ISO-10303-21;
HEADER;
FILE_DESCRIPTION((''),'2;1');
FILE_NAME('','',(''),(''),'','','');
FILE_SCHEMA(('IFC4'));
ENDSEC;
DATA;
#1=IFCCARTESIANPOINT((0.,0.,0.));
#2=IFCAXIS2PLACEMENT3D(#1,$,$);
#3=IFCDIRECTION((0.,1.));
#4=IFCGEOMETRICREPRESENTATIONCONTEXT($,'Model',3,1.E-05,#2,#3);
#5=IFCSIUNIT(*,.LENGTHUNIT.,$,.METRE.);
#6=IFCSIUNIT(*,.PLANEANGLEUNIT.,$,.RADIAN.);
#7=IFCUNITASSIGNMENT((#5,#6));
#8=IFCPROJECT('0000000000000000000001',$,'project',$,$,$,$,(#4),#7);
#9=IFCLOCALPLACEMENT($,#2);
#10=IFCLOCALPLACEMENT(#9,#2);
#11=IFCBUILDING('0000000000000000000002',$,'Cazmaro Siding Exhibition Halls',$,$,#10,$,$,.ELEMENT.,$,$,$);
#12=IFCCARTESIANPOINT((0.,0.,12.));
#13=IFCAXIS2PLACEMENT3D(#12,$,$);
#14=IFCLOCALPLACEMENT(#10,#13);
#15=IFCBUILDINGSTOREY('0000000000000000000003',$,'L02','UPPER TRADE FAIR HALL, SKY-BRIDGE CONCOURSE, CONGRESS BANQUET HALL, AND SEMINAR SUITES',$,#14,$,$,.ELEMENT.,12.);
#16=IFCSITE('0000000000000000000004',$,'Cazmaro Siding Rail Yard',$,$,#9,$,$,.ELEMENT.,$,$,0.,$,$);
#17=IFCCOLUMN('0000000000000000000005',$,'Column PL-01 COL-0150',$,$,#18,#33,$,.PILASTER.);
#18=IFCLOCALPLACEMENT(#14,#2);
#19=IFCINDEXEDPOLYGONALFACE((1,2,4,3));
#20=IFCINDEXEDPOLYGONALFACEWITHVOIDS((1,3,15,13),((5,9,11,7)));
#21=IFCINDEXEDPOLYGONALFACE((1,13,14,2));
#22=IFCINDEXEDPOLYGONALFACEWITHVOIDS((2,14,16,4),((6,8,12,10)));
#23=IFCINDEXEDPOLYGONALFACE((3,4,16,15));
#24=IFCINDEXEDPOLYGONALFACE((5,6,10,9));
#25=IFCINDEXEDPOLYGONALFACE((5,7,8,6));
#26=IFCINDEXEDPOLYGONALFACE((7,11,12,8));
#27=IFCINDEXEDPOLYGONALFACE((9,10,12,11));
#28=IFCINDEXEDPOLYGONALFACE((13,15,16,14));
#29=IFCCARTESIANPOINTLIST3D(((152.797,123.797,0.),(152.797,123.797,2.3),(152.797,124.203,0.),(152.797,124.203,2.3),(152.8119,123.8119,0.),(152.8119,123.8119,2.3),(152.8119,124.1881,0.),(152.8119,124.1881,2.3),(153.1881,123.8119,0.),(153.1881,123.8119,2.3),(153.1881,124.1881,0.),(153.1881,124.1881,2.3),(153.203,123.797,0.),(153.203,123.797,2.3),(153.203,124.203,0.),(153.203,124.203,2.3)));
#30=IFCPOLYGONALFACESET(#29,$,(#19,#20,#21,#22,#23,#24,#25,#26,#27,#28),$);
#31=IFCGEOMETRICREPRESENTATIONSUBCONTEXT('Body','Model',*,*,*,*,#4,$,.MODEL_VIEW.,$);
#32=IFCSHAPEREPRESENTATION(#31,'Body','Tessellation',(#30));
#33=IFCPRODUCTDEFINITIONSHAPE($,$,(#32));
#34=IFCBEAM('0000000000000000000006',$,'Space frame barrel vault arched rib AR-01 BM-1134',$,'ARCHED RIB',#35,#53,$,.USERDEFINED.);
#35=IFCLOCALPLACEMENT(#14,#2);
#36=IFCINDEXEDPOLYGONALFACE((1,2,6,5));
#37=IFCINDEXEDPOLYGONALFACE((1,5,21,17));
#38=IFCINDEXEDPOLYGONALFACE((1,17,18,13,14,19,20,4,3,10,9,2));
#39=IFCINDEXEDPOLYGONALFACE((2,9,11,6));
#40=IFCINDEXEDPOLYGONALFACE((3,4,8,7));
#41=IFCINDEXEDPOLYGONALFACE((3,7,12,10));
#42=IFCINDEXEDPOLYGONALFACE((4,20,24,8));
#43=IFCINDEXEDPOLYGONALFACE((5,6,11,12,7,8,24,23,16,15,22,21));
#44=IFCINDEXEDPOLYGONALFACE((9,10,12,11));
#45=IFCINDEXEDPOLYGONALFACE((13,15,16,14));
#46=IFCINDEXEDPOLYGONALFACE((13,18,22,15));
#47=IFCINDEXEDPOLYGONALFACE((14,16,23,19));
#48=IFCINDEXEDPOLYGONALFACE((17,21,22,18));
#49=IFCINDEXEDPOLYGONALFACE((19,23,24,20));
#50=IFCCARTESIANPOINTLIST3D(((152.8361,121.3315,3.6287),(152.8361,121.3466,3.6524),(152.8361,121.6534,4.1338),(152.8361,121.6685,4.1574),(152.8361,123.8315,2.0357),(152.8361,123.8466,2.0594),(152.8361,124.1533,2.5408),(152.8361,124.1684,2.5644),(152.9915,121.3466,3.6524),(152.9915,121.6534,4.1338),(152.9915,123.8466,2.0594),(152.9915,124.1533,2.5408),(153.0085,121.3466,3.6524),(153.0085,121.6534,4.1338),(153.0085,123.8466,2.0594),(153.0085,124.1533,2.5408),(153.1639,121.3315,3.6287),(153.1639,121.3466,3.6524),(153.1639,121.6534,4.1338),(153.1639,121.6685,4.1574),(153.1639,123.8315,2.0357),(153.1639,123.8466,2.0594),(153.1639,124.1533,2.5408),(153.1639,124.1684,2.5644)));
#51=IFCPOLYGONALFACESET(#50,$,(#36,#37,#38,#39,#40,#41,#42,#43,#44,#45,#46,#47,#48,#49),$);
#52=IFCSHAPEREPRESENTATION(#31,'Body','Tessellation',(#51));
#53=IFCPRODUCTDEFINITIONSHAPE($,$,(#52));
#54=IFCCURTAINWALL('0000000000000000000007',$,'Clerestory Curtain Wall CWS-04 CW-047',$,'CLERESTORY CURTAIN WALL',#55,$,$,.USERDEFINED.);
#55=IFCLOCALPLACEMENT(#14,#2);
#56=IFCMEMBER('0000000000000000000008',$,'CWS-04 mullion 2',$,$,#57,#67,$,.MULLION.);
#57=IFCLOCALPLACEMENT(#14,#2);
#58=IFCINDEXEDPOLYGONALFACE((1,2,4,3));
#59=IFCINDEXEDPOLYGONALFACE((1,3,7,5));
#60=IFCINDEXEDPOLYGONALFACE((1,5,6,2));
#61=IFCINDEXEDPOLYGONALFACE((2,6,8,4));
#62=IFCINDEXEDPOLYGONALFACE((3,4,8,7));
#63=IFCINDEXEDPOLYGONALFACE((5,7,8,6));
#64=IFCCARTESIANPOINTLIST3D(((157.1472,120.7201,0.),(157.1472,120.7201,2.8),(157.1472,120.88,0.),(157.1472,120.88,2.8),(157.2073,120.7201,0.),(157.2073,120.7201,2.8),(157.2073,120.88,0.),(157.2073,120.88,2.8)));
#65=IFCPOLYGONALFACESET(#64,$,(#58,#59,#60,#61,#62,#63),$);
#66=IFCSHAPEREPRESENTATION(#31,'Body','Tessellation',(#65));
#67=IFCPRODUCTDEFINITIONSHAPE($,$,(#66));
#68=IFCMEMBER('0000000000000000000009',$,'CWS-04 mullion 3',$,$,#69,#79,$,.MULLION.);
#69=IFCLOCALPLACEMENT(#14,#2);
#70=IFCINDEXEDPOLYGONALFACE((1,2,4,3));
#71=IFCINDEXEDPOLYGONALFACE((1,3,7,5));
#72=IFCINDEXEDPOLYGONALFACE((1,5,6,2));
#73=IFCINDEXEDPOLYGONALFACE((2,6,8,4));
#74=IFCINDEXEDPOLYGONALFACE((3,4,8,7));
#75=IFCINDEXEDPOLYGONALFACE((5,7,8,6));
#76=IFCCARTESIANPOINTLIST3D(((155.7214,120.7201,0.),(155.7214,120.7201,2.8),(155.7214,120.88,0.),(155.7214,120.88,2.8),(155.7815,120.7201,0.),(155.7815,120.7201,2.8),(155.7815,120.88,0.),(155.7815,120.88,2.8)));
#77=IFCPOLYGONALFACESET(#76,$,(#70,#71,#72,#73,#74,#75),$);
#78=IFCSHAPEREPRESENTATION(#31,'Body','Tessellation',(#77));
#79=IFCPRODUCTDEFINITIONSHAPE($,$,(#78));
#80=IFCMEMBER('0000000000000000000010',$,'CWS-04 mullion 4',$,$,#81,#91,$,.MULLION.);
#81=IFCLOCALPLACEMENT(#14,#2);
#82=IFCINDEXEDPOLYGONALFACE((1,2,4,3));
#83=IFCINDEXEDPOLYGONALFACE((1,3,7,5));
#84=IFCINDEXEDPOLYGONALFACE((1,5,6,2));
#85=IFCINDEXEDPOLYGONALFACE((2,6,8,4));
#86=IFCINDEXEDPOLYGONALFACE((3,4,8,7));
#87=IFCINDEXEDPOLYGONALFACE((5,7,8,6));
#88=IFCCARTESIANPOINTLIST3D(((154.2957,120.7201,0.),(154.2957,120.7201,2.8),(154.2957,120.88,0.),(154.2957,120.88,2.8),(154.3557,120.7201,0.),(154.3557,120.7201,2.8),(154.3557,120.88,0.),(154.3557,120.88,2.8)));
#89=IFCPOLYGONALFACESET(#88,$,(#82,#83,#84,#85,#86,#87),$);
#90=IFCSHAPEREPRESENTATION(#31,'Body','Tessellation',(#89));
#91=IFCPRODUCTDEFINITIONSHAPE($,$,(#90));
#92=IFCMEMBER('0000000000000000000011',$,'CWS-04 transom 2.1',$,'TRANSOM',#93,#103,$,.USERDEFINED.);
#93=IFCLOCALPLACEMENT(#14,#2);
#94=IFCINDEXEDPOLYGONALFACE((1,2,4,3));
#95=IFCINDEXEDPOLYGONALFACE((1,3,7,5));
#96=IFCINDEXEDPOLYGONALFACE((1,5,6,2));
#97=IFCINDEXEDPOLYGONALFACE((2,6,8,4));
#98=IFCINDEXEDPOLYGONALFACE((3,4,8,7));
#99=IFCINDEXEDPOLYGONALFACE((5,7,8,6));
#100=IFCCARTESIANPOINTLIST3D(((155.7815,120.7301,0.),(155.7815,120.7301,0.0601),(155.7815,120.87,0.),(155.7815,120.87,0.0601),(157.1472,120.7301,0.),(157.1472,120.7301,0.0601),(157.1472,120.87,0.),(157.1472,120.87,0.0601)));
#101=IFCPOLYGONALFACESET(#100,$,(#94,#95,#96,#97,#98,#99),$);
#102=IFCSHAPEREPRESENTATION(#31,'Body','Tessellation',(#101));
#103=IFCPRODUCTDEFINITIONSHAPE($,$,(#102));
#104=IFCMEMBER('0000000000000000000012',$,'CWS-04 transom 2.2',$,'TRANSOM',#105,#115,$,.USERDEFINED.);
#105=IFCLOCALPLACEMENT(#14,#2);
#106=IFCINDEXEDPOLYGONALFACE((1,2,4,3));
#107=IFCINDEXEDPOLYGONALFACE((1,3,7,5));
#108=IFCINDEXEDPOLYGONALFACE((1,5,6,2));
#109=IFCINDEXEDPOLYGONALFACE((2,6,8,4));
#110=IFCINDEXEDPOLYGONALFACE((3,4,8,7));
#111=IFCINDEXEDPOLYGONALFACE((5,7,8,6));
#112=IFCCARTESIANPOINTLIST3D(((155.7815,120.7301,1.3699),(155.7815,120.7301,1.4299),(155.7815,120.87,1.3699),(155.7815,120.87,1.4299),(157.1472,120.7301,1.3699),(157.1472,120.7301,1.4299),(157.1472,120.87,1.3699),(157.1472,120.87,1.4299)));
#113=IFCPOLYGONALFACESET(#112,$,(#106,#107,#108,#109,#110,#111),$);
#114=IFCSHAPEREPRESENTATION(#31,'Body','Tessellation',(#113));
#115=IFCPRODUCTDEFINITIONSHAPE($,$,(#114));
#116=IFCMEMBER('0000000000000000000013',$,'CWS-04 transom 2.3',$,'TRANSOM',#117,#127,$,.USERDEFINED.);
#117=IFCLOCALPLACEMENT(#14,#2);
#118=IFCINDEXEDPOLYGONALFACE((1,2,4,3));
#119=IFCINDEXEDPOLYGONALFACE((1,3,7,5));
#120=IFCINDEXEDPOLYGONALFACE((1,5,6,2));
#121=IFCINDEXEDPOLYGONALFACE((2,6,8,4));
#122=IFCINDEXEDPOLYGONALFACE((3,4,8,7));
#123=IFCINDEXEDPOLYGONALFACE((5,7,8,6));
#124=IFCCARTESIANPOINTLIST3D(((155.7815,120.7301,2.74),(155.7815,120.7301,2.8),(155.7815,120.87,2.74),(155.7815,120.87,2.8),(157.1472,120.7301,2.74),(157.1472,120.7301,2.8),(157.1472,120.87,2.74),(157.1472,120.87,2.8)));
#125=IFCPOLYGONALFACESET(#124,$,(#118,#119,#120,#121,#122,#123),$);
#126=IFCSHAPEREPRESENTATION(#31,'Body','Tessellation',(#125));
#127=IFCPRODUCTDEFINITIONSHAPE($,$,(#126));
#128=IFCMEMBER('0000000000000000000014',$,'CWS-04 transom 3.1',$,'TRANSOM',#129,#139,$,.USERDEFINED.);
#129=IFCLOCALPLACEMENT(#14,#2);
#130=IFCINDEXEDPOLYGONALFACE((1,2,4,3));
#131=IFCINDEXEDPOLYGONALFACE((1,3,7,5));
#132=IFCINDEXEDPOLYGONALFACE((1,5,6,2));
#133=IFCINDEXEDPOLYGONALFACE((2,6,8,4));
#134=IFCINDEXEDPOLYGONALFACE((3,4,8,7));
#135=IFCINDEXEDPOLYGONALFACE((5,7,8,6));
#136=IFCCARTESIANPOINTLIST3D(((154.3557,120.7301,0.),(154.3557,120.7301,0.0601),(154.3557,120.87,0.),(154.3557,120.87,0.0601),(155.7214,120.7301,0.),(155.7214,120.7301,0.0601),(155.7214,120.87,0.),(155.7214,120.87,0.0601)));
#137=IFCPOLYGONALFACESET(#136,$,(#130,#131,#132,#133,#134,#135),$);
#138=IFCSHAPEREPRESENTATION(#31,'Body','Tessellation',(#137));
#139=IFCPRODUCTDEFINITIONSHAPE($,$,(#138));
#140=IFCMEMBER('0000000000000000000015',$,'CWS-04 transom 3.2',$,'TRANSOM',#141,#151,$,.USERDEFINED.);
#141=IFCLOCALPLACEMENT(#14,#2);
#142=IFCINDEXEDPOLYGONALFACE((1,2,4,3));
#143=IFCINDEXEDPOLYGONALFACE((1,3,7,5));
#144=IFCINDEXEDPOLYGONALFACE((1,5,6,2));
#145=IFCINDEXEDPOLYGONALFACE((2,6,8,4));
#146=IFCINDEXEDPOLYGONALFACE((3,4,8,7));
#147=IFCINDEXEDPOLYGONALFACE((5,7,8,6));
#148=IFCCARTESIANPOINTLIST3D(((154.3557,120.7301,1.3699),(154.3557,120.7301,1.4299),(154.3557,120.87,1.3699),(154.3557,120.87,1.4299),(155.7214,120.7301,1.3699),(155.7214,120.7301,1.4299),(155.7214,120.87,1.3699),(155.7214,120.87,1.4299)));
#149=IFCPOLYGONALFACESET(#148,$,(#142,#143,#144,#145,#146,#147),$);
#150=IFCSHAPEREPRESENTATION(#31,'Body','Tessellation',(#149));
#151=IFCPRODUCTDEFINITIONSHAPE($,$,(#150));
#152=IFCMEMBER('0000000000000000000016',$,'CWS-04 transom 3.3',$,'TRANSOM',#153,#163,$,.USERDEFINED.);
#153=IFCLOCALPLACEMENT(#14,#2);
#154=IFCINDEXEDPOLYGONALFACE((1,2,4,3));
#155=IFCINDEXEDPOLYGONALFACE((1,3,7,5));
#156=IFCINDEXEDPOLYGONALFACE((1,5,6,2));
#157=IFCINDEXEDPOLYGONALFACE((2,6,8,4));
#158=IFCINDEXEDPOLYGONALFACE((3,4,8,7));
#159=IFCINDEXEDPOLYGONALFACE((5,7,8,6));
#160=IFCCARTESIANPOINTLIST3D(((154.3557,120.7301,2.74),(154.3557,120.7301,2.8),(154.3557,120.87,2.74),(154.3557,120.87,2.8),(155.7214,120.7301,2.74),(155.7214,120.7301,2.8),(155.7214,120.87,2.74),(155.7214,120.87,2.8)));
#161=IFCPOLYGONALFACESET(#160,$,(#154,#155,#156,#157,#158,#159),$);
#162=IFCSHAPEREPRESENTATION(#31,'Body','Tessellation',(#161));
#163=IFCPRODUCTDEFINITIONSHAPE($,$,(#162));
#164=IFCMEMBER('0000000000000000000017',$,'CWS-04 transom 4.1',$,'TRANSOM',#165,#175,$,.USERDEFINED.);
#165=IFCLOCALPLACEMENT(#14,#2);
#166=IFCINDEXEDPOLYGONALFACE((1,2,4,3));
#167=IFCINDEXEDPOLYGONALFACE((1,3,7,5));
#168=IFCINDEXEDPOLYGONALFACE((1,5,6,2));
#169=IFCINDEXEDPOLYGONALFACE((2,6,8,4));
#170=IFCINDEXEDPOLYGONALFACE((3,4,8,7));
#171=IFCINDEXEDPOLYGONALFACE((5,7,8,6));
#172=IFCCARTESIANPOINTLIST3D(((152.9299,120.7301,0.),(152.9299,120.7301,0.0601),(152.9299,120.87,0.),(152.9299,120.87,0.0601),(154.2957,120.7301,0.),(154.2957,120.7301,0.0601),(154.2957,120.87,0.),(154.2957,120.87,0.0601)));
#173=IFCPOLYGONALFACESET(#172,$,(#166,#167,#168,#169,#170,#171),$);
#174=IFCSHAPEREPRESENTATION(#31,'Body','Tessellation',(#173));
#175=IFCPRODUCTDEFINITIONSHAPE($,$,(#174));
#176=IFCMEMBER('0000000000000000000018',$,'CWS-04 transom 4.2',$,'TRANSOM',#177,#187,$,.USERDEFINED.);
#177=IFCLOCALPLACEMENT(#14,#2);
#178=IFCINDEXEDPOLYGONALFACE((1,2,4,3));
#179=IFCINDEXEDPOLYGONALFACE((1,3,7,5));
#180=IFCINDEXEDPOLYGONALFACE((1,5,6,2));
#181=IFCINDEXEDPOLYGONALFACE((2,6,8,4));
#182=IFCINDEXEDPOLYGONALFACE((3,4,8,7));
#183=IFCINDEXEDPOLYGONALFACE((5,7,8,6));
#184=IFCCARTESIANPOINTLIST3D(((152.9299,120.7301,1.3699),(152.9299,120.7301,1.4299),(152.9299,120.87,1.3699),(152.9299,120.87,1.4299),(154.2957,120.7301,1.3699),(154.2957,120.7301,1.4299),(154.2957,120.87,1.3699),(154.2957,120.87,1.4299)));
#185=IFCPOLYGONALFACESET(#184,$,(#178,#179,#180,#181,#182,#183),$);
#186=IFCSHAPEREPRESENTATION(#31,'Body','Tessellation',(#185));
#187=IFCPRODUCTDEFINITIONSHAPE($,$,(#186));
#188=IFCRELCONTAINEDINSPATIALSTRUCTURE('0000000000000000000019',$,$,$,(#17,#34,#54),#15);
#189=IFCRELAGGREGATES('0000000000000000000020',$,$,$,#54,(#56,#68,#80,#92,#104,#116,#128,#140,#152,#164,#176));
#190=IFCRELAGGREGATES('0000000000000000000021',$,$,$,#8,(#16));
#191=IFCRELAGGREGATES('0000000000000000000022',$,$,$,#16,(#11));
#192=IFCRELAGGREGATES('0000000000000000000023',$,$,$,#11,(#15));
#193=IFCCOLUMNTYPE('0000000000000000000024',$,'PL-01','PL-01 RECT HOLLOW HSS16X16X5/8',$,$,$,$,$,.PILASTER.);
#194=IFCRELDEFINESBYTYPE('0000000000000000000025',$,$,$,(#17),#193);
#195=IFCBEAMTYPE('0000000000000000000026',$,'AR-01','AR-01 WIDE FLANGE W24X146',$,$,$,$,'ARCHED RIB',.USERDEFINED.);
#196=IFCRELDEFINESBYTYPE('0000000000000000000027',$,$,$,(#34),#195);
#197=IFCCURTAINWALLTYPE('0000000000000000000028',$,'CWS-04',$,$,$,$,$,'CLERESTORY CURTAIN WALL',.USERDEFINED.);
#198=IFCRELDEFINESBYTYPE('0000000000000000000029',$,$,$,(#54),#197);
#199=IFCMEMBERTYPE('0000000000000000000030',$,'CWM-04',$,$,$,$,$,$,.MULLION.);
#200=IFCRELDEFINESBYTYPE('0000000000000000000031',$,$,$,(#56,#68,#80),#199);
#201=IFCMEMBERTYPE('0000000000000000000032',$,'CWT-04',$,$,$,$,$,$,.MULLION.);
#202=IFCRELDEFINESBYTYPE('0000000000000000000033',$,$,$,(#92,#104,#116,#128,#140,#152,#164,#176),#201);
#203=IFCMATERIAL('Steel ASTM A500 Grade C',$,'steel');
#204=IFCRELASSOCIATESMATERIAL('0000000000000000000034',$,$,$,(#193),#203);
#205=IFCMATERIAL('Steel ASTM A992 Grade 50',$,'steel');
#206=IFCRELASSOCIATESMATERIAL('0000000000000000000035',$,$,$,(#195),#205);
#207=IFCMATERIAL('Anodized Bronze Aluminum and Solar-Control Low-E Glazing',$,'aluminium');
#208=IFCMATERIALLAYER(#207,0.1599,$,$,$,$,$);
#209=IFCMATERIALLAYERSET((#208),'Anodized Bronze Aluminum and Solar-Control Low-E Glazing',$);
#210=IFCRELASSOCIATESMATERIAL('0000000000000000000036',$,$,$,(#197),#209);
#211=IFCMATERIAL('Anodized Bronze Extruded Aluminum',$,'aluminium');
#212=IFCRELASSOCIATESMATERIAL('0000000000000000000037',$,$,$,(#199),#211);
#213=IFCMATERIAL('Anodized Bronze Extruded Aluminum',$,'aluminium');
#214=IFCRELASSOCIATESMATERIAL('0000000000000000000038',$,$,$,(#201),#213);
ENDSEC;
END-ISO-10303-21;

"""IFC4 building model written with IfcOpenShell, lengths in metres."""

from ifc_helpers import new_model, si_unit, direction, frame, origin, origin_2d, place, context, subcontext, project, spatial, rectangle, hollow_rectangle, i_section, extrude, material, layer, layer_set, material_profile, profile_set, type_object, element, aggregate, save


model = new_model("IFC4")

# Units and contexts
model_context = context("Model", 3, precision=1e-05, world=origin(), true_north=direction((0.0, 1.0)))
body_context = subcontext(model_context, "Body", "Model", "MODEL_VIEW")
ifc_project = project(units=[si_unit("LENGTHUNIT", "METRE"), si_unit("PLANEANGLEUNIT", "RADIAN")], contexts=[model_context])

# Site, building, storey
site_placement = place(None, origin())
site = spatial("IfcSite", under=ifc_project, at=site_placement, Name="Cazmaro Siding Rail Yard", CompositionType="ELEMENT", RefElevation=0.0)
building_placement = place(site_placement, origin())
building = spatial("IfcBuilding", under=site, at=building_placement, Name="Cazmaro Siding Exhibition Halls", CompositionType="ELEMENT")
storey_placement = place(building_placement, frame((0.0, 0.0, 12.0)))
storey = spatial("IfcBuildingStorey", under=building, at=storey_placement, Name="L02", Description="UPPER TRADE FAIR HALL, SKY-BRIDGE CONCOURSE, CONGRESS BANQUET HALL, AND SEMINAR SUITES", CompositionType="ELEMENT", Elevation=12.0)

# Column
ifc_material_1 = material(Name="Steel ASTM A500 Grade C", Category="steel")
ifc_material_profile_1 = material_profile(ifc_material_1, hollow_rectangle(XDim=0.406, YDim=0.406, WallThickness=0.0149, at=origin_2d()), Name="HSS16X16X5/8")
ifc_profile_set_1 = profile_set([ifc_material_profile_1], Name="Steel ASTM A500 Grade C")
column_type = type_object("IfcColumnType", Name="PL-01", Description="PL-01 RECT HOLLOW HSS16X16X5/8", PredefinedType="PILASTER", material=ifc_profile_set_1)
column_placement = place(storey_placement, frame((153.0, 124.0, 0.0), z_axis=(0.0, 0.0, 1.0), x_axis=(1.0, 0.0, 0.0)))
element("IfcColumn", 1, at=column_placement, inside=storey, type_object=column_type, Name="Column PL-01 COL-0150", PredefinedType="PILASTER", context=body_context, shape_type="SweptSolid", body=[
    extrude(hollow_rectangle(XDim=0.406, YDim=0.406, WallThickness=0.0149, at=origin_2d()), origin(), (0.0, 0.0, 1.0), 2.3),
])

# Beam
ifc_material_2 = material(Name="Steel ASTM A992 Grade 50", Category="steel")
ifc_material_profile_2 = material_profile(ifc_material_2, i_section(OverallWidth=0.3279, OverallDepth=0.627, WebThickness=0.0171, FlangeThickness=0.0281, at=origin_2d()), Name="W24X146")
ifc_profile_set_2 = profile_set([ifc_material_profile_2], Name="Steel ASTM A992 Grade 50")
beam_type_1 = type_object("IfcBeamType", Name="AR-01", Description="AR-01 WIDE FLANGE W24X146", ElementType="ARCHED RIB", PredefinedType="USERDEFINED", material=ifc_profile_set_2)
beam_1_placement = place(storey_placement, frame((153.0, 121.5, 3.8931), z_axis=(0.0, 0.843339, -0.537382), x_axis=(-1.0, 0.0, 0.0)))
element("IfcBeam", 2, at=beam_1_placement, inside=storey, type_object=beam_type_1, Name="Space frame barrel vault arched rib AR-01 BM-1134", ObjectType="ARCHED RIB", PredefinedType="USERDEFINED", context=body_context, shape_type="SweptSolid", body=[
    extrude(i_section(OverallWidth=0.3279, OverallDepth=0.627, WebThickness=0.0171, FlangeThickness=0.0281, at=origin_2d()), origin(), (0.0, 0.0, 1.0), 2.9644),
])

# Curtain wall, members
ifc_material_3 = material(Name="Anodized Bronze Aluminum and Solar-Control Low-E Glazing", Category="aluminium")
ifc_layer_1 = layer(ifc_material_3, 0.1599)
ifc_layer_set_1 = layer_set([ifc_layer_1], Name="Anodized Bronze Aluminum and Solar-Control Low-E Glazing")
curtain_wall_type = type_object("IfcCurtainWallType", Name="CWS-04", ElementType="CLERESTORY CURTAIN WALL", PredefinedType="USERDEFINED", material=ifc_layer_set_1)
curtain_wall_placement = place(storey_placement, origin())
curtain_wall = element("IfcCurtainWall", 3, at=curtain_wall_placement, inside=storey, type_object=curtain_wall_type, Name="Clerestory Curtain Wall CWS-04 CW-047", ObjectType="CLERESTORY CURTAIN WALL", PredefinedType="USERDEFINED")
ifc_material_4 = material(Name="Anodized Bronze Extruded Aluminum", Category="aluminium")
ifc_material_profile_3 = material_profile(ifc_material_4, rectangle(XDim=0.1599, YDim=0.0601, at=origin_2d()), Name="CWM-04")
ifc_profile_set_3 = profile_set([ifc_material_profile_3], Name="Anodized Bronze Extruded Aluminum")
member_type_1 = type_object("IfcMemberType", Name="CWM-04", PredefinedType="MULLION", material=ifc_profile_set_3)
member_1_placement = place(storey_placement, frame((157.1772, 120.8, 0.0), z_axis=(0.0, 0.0, 1.0), x_axis=(0.0, -1.0, 0.0)))
member_1 = element("IfcMember", 4, at=member_1_placement, type_object=member_type_1, Name="CWS-04 mullion 2", PredefinedType="MULLION", context=body_context, shape_type="SweptSolid", body=[
    extrude(rectangle(XDim=0.1599, YDim=0.0601, at=origin_2d()), origin(), (0.0, 0.0, 1.0), 2.8),
])
member_2_placement = place(storey_placement, frame((155.7515, 120.8, 0.0), z_axis=(0.0, 0.0, 1.0), x_axis=(0.0, -1.0, 0.0)))
member_2 = element("IfcMember", 5, at=member_2_placement, type_object=member_type_1, Name="CWS-04 mullion 3", PredefinedType="MULLION", context=body_context, shape_type="SweptSolid", body=[
    extrude(rectangle(XDim=0.1599, YDim=0.0601, at=origin_2d()), origin(), (0.0, 0.0, 1.0), 2.8),
])
member_3_placement = place(storey_placement, frame((154.3257, 120.8, 0.0), z_axis=(0.0, 0.0, 1.0), x_axis=(0.0, -1.0, 0.0)))
member_3 = element("IfcMember", 6, at=member_3_placement, type_object=member_type_1, Name="CWS-04 mullion 4", PredefinedType="MULLION", context=body_context, shape_type="SweptSolid", body=[
    extrude(rectangle(XDim=0.1599, YDim=0.0601, at=origin_2d()), origin(), (0.0, 0.0, 1.0), 2.8),
])
ifc_material_5 = material(Name="Anodized Bronze Extruded Aluminum", Category="aluminium")
ifc_material_profile_4 = material_profile(ifc_material_5, rectangle(XDim=0.1399, YDim=0.0601, at=origin_2d()), Name="CWT-04")
ifc_profile_set_4 = profile_set([ifc_material_profile_4], Name="Anodized Bronze Extruded Aluminum")
member_type_2 = type_object("IfcMemberType", Name="CWT-04", PredefinedType="MULLION", material=ifc_profile_set_4)
member_4_placement = place(storey_placement, frame((157.1472, 120.8, 0.03), z_axis=(-1.0, 0.0, 0.0), x_axis=(0.0, -1.0, 0.0)))
member_4 = element("IfcMember", 7, at=member_4_placement, type_object=member_type_2, Name="CWS-04 transom 2.1", ObjectType="TRANSOM", PredefinedType="USERDEFINED", context=body_context, shape_type="SweptSolid", body=[
    extrude(rectangle(XDim=0.1399, YDim=0.0601, at=origin_2d()), origin(), (0.0, 0.0, 1.0), 1.3657),
])
member_5_placement = place(storey_placement, frame((157.1472, 120.8, 1.3999), z_axis=(-1.0, 0.0, 0.0), x_axis=(0.0, -1.0, 0.0)))
member_5 = element("IfcMember", 8, at=member_5_placement, type_object=member_type_2, Name="CWS-04 transom 2.2", ObjectType="TRANSOM", PredefinedType="USERDEFINED", context=body_context, shape_type="SweptSolid", body=[
    extrude(rectangle(XDim=0.1399, YDim=0.0601, at=origin_2d()), origin(), (0.0, 0.0, 1.0), 1.3657),
])
member_6_placement = place(storey_placement, frame((157.1472, 120.8, 2.77), z_axis=(-1.0, 0.0, 0.0), x_axis=(0.0, -1.0, 0.0)))
member_6 = element("IfcMember", 9, at=member_6_placement, type_object=member_type_2, Name="CWS-04 transom 2.3", ObjectType="TRANSOM", PredefinedType="USERDEFINED", context=body_context, shape_type="SweptSolid", body=[
    extrude(rectangle(XDim=0.1399, YDim=0.0601, at=origin_2d()), origin(), (0.0, 0.0, 1.0), 1.3657),
])
member_7_placement = place(storey_placement, frame((155.7214, 120.8, 0.03), z_axis=(-1.0, 0.0, 0.0), x_axis=(0.0, -1.0, 0.0)))
member_7 = element("IfcMember", 10, at=member_7_placement, type_object=member_type_2, Name="CWS-04 transom 3.1", ObjectType="TRANSOM", PredefinedType="USERDEFINED", context=body_context, shape_type="SweptSolid", body=[
    extrude(rectangle(XDim=0.1399, YDim=0.0601, at=origin_2d()), origin(), (0.0, 0.0, 1.0), 1.3657),
])
member_8_placement = place(storey_placement, frame((155.7214, 120.8, 1.3999), z_axis=(-1.0, 0.0, 0.0), x_axis=(0.0, -1.0, 0.0)))
member_8 = element("IfcMember", 11, at=member_8_placement, type_object=member_type_2, Name="CWS-04 transom 3.2", ObjectType="TRANSOM", PredefinedType="USERDEFINED", context=body_context, shape_type="SweptSolid", body=[
    extrude(rectangle(XDim=0.1399, YDim=0.0601, at=origin_2d()), origin(), (0.0, 0.0, 1.0), 1.3657),
])
member_9_placement = place(storey_placement, frame((155.7214, 120.8, 2.77), z_axis=(-1.0, 0.0, 0.0), x_axis=(0.0, -1.0, 0.0)))
member_9 = element("IfcMember", 12, at=member_9_placement, type_object=member_type_2, Name="CWS-04 transom 3.3", ObjectType="TRANSOM", PredefinedType="USERDEFINED", context=body_context, shape_type="SweptSolid", body=[
    extrude(rectangle(XDim=0.1399, YDim=0.0601, at=origin_2d()), origin(), (0.0, 0.0, 1.0), 1.3657),
])
member_10_placement = place(storey_placement, frame((154.2957, 120.8, 0.03), z_axis=(-1.0, 0.0, 0.0), x_axis=(0.0, -1.0, 0.0)))
member_10 = element("IfcMember", 13, at=member_10_placement, type_object=member_type_2, Name="CWS-04 transom 4.1", ObjectType="TRANSOM", PredefinedType="USERDEFINED", context=body_context, shape_type="SweptSolid", body=[
    extrude(rectangle(XDim=0.1399, YDim=0.0601, at=origin_2d()), origin(), (0.0, 0.0, 1.0), 1.3657),
])
member_11_placement = place(storey_placement, frame((154.2957, 120.8, 1.3999), z_axis=(-1.0, 0.0, 0.0), x_axis=(0.0, -1.0, 0.0)))
member_11 = element("IfcMember", 14, at=member_11_placement, type_object=member_type_2, Name="CWS-04 transom 4.2", ObjectType="TRANSOM", PredefinedType="USERDEFINED", context=body_context, shape_type="SweptSolid", body=[
    extrude(rectangle(XDim=0.1399, YDim=0.0601, at=origin_2d()), origin(), (0.0, 0.0, 1.0), 1.3657),
])

aggregate(curtain_wall, [member_1, member_2, member_3, member_4, member_5, member_6, member_7, member_8, member_9, member_10, member_11])

save(model, "model.ifc")
